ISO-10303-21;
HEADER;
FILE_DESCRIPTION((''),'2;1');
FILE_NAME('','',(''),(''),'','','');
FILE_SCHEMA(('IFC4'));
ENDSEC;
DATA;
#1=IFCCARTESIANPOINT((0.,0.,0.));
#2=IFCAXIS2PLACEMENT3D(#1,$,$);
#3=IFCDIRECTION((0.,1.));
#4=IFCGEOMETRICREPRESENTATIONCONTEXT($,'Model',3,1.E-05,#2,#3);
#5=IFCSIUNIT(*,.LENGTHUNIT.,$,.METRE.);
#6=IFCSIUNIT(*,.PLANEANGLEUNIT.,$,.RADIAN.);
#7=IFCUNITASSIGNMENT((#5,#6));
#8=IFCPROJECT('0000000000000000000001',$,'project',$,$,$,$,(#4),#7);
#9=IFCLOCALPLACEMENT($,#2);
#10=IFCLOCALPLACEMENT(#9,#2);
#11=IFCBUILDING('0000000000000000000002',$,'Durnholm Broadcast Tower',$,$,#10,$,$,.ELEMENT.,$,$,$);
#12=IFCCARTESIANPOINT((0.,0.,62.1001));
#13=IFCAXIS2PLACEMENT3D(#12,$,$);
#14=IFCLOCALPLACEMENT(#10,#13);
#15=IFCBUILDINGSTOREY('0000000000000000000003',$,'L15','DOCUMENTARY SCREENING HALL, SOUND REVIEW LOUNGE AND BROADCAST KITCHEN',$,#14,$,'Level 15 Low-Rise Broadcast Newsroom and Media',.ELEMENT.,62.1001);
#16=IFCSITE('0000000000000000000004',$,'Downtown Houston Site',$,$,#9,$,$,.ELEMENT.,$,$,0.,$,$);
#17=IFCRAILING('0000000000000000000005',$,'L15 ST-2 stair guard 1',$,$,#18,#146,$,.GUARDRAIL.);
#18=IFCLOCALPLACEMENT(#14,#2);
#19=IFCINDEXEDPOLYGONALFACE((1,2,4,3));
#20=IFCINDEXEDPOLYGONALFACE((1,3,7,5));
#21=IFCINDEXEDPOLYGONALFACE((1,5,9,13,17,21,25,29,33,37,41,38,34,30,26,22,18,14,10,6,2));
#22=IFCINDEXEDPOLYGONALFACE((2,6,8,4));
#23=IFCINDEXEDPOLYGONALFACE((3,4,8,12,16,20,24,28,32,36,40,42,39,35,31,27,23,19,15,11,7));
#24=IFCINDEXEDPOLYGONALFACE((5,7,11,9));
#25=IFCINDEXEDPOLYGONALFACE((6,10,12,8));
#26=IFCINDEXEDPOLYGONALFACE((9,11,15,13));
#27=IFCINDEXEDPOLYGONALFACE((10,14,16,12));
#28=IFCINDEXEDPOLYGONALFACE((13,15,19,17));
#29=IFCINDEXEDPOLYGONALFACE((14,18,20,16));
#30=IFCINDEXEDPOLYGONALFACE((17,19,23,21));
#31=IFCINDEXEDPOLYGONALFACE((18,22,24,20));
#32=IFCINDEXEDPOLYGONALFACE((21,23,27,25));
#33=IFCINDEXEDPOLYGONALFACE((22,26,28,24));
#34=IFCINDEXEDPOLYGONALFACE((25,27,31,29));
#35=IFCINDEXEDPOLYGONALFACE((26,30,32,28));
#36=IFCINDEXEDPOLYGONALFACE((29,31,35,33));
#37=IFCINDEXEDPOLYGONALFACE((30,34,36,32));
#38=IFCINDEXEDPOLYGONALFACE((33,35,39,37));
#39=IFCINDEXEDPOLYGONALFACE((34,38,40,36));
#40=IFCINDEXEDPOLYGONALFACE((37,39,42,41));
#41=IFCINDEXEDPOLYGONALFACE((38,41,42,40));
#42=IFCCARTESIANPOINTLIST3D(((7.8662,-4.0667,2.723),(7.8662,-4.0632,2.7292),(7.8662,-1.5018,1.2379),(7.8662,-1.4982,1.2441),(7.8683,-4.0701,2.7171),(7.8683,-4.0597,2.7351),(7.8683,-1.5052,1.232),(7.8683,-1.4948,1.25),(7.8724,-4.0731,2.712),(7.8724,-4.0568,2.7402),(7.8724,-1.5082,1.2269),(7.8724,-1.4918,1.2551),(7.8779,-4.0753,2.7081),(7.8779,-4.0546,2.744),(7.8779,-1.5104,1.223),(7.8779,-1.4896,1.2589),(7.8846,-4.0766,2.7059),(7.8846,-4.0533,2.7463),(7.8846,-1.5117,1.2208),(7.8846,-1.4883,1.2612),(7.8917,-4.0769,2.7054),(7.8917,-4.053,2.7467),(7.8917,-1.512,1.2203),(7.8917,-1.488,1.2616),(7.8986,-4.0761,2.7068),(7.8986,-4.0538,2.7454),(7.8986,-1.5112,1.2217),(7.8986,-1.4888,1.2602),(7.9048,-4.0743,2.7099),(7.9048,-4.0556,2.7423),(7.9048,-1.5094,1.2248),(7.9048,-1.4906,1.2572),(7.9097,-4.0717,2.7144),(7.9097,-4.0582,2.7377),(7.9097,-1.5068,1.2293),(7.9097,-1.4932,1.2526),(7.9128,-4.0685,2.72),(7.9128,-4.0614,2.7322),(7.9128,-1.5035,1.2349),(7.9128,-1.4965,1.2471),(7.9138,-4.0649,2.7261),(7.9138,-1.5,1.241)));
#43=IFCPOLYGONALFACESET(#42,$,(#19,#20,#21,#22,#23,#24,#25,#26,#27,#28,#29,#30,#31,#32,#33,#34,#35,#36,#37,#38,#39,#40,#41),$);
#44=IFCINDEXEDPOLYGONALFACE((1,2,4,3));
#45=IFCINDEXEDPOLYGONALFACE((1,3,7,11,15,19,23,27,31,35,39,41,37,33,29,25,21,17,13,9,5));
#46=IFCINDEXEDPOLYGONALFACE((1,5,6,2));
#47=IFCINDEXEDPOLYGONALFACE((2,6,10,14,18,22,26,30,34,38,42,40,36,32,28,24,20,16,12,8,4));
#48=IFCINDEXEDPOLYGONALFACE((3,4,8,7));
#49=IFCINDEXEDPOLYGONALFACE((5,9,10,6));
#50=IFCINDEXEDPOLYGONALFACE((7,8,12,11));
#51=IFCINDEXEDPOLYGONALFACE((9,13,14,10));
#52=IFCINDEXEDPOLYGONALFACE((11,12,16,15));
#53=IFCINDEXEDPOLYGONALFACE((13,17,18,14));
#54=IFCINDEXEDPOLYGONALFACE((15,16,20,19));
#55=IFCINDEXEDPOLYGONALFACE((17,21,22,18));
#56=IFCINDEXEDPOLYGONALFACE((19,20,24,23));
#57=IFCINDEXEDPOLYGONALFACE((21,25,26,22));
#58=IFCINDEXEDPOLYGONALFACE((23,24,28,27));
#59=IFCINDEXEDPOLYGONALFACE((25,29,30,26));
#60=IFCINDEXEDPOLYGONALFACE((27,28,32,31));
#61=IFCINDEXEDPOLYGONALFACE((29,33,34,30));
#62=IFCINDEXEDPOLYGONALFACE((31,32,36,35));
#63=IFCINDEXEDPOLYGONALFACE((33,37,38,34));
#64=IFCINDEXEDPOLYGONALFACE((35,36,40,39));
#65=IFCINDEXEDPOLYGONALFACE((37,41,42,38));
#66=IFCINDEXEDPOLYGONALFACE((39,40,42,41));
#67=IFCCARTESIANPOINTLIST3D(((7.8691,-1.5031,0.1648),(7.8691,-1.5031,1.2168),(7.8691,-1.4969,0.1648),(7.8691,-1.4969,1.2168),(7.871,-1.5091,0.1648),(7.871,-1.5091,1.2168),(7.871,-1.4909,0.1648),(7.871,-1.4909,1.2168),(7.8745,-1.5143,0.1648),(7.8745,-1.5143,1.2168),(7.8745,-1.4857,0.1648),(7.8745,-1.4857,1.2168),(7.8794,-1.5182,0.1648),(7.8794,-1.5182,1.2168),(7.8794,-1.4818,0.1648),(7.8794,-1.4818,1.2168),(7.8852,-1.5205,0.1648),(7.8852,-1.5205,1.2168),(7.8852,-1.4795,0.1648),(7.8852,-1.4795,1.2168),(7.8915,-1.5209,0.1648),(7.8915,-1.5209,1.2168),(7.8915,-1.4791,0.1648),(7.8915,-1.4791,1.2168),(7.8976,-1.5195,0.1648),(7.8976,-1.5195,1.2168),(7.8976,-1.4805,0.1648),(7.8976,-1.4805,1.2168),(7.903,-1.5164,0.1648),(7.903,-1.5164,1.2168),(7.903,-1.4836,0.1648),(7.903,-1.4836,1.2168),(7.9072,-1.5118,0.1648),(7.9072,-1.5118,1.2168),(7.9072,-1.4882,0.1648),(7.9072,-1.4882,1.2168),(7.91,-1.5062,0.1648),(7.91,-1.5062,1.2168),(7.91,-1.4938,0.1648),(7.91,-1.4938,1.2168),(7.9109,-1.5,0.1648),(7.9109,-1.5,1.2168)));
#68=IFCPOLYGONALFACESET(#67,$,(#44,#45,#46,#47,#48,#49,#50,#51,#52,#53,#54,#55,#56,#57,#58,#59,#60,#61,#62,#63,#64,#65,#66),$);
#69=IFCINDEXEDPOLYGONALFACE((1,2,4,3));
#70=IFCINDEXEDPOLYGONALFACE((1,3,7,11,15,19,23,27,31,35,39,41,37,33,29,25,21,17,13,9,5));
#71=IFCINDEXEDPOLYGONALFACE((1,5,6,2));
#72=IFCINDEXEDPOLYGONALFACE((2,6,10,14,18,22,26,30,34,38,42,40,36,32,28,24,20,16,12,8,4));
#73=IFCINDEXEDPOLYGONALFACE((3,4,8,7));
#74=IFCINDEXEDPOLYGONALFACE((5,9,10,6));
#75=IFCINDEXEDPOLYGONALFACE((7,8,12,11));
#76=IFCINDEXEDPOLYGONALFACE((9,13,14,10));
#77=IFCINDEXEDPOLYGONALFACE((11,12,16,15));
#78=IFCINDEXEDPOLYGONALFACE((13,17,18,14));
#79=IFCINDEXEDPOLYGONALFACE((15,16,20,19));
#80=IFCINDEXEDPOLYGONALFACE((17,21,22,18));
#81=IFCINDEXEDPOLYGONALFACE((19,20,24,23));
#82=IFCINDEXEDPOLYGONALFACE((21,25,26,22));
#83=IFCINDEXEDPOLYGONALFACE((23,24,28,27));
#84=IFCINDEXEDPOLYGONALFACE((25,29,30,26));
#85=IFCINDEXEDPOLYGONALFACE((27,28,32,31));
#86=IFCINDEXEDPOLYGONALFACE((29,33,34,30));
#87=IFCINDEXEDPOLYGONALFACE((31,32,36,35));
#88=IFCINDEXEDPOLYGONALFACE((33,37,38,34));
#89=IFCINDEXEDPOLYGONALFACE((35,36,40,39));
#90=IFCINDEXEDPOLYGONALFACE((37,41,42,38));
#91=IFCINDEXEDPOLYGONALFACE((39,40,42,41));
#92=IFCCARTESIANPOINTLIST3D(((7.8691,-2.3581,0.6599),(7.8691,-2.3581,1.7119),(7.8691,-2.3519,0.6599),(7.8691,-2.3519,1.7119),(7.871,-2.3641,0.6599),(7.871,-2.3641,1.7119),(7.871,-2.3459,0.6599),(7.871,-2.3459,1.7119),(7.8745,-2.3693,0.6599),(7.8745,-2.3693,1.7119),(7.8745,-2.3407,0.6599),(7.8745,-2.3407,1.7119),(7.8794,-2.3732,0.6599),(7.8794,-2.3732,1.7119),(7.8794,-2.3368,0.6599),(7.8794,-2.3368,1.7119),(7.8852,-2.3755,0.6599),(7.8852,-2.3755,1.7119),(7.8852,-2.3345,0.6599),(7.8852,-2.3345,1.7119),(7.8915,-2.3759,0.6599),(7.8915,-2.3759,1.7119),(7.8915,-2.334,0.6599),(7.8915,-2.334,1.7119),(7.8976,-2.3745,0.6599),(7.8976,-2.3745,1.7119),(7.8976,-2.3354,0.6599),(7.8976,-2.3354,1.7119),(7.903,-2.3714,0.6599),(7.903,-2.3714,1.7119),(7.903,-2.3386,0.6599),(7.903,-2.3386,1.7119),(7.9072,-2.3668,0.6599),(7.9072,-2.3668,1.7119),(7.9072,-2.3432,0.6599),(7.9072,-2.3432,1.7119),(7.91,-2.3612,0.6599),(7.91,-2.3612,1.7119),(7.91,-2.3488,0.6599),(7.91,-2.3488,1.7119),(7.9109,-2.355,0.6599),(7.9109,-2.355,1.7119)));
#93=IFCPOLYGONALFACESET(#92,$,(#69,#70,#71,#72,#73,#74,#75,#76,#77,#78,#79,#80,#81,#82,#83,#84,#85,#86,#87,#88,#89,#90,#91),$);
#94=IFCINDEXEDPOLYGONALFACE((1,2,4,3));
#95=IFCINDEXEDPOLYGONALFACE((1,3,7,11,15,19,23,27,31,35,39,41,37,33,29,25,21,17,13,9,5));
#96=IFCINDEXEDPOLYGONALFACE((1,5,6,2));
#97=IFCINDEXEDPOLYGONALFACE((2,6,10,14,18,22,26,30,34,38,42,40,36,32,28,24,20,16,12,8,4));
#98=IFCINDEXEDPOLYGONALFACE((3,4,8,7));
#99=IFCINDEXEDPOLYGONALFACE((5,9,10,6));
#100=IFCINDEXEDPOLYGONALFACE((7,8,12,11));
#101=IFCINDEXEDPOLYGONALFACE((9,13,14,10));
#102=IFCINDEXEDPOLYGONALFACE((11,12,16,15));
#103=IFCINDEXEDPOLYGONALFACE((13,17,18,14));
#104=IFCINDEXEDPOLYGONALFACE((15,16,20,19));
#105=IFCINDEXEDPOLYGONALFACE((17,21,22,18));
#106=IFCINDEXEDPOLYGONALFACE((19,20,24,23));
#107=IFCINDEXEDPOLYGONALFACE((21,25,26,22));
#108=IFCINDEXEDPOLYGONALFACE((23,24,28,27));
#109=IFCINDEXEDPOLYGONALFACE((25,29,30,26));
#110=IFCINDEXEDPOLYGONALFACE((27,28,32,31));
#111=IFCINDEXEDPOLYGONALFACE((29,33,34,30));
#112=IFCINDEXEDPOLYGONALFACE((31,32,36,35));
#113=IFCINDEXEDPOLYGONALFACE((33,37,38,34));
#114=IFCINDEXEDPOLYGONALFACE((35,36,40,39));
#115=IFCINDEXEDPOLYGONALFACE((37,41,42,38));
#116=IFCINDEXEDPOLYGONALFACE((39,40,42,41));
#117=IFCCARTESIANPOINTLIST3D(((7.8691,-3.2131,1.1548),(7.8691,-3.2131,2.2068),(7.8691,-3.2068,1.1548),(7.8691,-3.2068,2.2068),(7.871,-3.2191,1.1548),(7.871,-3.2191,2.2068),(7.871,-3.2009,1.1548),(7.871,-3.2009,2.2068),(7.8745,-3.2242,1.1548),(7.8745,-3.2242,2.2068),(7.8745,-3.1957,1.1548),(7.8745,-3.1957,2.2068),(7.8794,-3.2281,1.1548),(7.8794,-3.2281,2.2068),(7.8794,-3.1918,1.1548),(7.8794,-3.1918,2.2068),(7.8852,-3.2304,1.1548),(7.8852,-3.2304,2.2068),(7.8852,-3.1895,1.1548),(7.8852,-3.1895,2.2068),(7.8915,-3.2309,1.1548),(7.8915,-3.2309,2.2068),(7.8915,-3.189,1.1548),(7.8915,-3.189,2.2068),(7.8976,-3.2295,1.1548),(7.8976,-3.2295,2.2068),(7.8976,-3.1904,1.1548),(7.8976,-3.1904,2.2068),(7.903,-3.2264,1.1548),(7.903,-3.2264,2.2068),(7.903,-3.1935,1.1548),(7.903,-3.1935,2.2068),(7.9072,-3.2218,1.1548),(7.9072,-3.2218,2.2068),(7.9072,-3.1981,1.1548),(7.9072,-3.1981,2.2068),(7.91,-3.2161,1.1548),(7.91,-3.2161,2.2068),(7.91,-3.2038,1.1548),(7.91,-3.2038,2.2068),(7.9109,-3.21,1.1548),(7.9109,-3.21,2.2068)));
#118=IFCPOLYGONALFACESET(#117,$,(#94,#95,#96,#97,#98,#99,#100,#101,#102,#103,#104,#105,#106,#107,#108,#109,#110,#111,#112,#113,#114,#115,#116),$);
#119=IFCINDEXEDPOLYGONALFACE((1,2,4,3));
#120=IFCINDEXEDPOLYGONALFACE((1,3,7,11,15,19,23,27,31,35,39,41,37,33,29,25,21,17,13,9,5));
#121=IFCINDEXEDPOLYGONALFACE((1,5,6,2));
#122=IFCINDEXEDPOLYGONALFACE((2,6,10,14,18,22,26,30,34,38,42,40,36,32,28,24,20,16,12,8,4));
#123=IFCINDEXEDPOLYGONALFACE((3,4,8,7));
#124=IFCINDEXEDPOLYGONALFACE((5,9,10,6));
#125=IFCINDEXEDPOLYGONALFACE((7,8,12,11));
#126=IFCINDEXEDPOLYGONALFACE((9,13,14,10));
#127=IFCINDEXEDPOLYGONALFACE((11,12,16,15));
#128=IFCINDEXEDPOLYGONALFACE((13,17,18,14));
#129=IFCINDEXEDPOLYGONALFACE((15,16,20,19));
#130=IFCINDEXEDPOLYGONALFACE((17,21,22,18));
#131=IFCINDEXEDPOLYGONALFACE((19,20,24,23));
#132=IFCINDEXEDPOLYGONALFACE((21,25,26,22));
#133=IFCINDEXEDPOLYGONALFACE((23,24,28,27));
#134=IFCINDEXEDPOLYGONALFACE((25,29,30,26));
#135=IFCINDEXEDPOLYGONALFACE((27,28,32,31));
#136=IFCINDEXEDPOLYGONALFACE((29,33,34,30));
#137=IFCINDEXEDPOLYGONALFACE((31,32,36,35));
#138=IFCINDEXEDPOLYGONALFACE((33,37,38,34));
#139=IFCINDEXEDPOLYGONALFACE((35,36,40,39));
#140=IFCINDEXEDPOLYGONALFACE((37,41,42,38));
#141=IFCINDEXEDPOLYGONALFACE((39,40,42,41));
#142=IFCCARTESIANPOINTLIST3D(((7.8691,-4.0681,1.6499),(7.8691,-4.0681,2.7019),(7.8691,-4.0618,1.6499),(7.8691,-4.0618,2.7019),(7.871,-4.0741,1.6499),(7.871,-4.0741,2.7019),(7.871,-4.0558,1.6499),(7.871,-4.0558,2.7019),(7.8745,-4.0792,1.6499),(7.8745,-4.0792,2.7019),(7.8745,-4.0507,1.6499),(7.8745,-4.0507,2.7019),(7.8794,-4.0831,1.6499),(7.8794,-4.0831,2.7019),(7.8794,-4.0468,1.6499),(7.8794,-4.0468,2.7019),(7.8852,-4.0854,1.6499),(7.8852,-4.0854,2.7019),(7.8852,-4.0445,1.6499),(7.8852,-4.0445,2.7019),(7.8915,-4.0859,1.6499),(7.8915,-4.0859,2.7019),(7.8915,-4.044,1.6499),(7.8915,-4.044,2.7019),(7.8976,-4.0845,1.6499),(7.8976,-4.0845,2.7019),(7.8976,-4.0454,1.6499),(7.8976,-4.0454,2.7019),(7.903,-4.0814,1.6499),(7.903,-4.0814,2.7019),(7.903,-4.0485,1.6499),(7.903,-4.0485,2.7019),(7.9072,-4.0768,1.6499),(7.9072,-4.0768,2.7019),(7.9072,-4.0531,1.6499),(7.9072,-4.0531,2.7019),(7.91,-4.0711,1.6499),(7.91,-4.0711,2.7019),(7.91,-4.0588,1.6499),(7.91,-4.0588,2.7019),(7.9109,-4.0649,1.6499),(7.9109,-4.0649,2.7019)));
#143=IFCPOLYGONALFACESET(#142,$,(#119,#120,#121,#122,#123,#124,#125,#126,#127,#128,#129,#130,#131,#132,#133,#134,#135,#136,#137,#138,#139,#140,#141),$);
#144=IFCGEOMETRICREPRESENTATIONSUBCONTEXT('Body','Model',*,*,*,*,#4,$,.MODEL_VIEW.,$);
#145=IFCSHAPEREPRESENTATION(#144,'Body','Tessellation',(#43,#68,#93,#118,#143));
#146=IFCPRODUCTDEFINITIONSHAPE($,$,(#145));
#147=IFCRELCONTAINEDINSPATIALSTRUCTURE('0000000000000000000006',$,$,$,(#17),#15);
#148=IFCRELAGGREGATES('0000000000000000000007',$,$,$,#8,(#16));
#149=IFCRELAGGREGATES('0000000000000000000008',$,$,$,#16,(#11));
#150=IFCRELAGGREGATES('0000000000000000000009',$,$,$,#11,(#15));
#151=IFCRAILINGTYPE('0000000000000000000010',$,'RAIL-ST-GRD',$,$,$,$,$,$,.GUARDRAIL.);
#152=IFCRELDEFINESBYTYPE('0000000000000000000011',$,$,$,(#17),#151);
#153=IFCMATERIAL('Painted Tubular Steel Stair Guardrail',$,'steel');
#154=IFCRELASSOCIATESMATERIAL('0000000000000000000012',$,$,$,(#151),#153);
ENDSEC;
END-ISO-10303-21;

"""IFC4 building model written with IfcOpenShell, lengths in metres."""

from ifc_helpers import new_model, si_unit, direction, frame, origin, origin_2d, place, context, subcontext, project, spatial, circle, extrude, material, type_object, element, save


model = new_model("IFC4")

# Units and contexts
model_context = context("Model", 3, precision=1e-05, world=origin(), true_north=direction((0.0, 1.0)))
body_context = subcontext(model_context, "Body", "Model", "MODEL_VIEW")
ifc_project = project(units=[si_unit("LENGTHUNIT", "METRE"), si_unit("PLANEANGLEUNIT", "RADIAN")], contexts=[model_context])

# Site, building, storey
site_placement = place(None, origin())
site = spatial("IfcSite", under=ifc_project, at=site_placement, Name="Downtown Houston Site", CompositionType="ELEMENT", RefElevation=0.0)
building_placement = place(site_placement, origin())
building = spatial("IfcBuilding", under=site, at=building_placement, Name="Durnholm Broadcast Tower", CompositionType="ELEMENT")
storey_placement = place(building_placement, frame((0.0, 0.0, 62.1001)))
storey = spatial("IfcBuildingStorey", under=building, at=storey_placement, Name="L15", Description="DOCUMENTARY SCREENING HALL, SOUND REVIEW LOUNGE AND BROADCAST KITCHEN", LongName="Level 15 Low-Rise Broadcast Newsroom and Media", CompositionType="ELEMENT", Elevation=62.1001)

# Railing
ifc_material_1 = material(Name="Painted Tubular Steel Stair Guardrail", Category="steel")
railing_type_1 = type_object("IfcRailingType", Name="RAIL-ST-GRD", PredefinedType="GUARDRAIL", material=ifc_material_1)
railing_1_placement = place(storey_placement, frame((7.8899, -1.5, 0.1648)))
element("IfcRailing", 1, at=railing_1_placement, inside=storey, type_object=railing_type_1, Name="L15 ST-2 stair guard 1", PredefinedType="GUARDRAIL", context=body_context, shape_type="SweptSolid", body=[
    extrude(circle(Radius=0.0239, at=origin_2d()), frame((0.0, 0.0, 1.0762), z_axis=(0.0, -0.865406, 0.501072), x_axis=(1.0, 0.0, 0.0)), (0.0, 0.0, 1.0), 2.9639),
    extrude(circle(Radius=0.021, at=origin_2d()), origin(), (0.0, 0.0, 1.0), 1.052),
    extrude(circle(Radius=0.021, at=origin_2d()), frame((0.0, -0.855, 0.4951)), (0.0, 0.0, 1.0), 1.052),
    extrude(circle(Radius=0.021, at=origin_2d()), frame((0.0, -1.71, 0.99)), (0.0, 0.0, 1.0), 1.052),
    extrude(circle(Radius=0.021, at=origin_2d()), frame((0.0, -2.5649, 1.4851)), (0.0, 0.0, 1.0), 1.052),
])

save(model, "model.ifc")
